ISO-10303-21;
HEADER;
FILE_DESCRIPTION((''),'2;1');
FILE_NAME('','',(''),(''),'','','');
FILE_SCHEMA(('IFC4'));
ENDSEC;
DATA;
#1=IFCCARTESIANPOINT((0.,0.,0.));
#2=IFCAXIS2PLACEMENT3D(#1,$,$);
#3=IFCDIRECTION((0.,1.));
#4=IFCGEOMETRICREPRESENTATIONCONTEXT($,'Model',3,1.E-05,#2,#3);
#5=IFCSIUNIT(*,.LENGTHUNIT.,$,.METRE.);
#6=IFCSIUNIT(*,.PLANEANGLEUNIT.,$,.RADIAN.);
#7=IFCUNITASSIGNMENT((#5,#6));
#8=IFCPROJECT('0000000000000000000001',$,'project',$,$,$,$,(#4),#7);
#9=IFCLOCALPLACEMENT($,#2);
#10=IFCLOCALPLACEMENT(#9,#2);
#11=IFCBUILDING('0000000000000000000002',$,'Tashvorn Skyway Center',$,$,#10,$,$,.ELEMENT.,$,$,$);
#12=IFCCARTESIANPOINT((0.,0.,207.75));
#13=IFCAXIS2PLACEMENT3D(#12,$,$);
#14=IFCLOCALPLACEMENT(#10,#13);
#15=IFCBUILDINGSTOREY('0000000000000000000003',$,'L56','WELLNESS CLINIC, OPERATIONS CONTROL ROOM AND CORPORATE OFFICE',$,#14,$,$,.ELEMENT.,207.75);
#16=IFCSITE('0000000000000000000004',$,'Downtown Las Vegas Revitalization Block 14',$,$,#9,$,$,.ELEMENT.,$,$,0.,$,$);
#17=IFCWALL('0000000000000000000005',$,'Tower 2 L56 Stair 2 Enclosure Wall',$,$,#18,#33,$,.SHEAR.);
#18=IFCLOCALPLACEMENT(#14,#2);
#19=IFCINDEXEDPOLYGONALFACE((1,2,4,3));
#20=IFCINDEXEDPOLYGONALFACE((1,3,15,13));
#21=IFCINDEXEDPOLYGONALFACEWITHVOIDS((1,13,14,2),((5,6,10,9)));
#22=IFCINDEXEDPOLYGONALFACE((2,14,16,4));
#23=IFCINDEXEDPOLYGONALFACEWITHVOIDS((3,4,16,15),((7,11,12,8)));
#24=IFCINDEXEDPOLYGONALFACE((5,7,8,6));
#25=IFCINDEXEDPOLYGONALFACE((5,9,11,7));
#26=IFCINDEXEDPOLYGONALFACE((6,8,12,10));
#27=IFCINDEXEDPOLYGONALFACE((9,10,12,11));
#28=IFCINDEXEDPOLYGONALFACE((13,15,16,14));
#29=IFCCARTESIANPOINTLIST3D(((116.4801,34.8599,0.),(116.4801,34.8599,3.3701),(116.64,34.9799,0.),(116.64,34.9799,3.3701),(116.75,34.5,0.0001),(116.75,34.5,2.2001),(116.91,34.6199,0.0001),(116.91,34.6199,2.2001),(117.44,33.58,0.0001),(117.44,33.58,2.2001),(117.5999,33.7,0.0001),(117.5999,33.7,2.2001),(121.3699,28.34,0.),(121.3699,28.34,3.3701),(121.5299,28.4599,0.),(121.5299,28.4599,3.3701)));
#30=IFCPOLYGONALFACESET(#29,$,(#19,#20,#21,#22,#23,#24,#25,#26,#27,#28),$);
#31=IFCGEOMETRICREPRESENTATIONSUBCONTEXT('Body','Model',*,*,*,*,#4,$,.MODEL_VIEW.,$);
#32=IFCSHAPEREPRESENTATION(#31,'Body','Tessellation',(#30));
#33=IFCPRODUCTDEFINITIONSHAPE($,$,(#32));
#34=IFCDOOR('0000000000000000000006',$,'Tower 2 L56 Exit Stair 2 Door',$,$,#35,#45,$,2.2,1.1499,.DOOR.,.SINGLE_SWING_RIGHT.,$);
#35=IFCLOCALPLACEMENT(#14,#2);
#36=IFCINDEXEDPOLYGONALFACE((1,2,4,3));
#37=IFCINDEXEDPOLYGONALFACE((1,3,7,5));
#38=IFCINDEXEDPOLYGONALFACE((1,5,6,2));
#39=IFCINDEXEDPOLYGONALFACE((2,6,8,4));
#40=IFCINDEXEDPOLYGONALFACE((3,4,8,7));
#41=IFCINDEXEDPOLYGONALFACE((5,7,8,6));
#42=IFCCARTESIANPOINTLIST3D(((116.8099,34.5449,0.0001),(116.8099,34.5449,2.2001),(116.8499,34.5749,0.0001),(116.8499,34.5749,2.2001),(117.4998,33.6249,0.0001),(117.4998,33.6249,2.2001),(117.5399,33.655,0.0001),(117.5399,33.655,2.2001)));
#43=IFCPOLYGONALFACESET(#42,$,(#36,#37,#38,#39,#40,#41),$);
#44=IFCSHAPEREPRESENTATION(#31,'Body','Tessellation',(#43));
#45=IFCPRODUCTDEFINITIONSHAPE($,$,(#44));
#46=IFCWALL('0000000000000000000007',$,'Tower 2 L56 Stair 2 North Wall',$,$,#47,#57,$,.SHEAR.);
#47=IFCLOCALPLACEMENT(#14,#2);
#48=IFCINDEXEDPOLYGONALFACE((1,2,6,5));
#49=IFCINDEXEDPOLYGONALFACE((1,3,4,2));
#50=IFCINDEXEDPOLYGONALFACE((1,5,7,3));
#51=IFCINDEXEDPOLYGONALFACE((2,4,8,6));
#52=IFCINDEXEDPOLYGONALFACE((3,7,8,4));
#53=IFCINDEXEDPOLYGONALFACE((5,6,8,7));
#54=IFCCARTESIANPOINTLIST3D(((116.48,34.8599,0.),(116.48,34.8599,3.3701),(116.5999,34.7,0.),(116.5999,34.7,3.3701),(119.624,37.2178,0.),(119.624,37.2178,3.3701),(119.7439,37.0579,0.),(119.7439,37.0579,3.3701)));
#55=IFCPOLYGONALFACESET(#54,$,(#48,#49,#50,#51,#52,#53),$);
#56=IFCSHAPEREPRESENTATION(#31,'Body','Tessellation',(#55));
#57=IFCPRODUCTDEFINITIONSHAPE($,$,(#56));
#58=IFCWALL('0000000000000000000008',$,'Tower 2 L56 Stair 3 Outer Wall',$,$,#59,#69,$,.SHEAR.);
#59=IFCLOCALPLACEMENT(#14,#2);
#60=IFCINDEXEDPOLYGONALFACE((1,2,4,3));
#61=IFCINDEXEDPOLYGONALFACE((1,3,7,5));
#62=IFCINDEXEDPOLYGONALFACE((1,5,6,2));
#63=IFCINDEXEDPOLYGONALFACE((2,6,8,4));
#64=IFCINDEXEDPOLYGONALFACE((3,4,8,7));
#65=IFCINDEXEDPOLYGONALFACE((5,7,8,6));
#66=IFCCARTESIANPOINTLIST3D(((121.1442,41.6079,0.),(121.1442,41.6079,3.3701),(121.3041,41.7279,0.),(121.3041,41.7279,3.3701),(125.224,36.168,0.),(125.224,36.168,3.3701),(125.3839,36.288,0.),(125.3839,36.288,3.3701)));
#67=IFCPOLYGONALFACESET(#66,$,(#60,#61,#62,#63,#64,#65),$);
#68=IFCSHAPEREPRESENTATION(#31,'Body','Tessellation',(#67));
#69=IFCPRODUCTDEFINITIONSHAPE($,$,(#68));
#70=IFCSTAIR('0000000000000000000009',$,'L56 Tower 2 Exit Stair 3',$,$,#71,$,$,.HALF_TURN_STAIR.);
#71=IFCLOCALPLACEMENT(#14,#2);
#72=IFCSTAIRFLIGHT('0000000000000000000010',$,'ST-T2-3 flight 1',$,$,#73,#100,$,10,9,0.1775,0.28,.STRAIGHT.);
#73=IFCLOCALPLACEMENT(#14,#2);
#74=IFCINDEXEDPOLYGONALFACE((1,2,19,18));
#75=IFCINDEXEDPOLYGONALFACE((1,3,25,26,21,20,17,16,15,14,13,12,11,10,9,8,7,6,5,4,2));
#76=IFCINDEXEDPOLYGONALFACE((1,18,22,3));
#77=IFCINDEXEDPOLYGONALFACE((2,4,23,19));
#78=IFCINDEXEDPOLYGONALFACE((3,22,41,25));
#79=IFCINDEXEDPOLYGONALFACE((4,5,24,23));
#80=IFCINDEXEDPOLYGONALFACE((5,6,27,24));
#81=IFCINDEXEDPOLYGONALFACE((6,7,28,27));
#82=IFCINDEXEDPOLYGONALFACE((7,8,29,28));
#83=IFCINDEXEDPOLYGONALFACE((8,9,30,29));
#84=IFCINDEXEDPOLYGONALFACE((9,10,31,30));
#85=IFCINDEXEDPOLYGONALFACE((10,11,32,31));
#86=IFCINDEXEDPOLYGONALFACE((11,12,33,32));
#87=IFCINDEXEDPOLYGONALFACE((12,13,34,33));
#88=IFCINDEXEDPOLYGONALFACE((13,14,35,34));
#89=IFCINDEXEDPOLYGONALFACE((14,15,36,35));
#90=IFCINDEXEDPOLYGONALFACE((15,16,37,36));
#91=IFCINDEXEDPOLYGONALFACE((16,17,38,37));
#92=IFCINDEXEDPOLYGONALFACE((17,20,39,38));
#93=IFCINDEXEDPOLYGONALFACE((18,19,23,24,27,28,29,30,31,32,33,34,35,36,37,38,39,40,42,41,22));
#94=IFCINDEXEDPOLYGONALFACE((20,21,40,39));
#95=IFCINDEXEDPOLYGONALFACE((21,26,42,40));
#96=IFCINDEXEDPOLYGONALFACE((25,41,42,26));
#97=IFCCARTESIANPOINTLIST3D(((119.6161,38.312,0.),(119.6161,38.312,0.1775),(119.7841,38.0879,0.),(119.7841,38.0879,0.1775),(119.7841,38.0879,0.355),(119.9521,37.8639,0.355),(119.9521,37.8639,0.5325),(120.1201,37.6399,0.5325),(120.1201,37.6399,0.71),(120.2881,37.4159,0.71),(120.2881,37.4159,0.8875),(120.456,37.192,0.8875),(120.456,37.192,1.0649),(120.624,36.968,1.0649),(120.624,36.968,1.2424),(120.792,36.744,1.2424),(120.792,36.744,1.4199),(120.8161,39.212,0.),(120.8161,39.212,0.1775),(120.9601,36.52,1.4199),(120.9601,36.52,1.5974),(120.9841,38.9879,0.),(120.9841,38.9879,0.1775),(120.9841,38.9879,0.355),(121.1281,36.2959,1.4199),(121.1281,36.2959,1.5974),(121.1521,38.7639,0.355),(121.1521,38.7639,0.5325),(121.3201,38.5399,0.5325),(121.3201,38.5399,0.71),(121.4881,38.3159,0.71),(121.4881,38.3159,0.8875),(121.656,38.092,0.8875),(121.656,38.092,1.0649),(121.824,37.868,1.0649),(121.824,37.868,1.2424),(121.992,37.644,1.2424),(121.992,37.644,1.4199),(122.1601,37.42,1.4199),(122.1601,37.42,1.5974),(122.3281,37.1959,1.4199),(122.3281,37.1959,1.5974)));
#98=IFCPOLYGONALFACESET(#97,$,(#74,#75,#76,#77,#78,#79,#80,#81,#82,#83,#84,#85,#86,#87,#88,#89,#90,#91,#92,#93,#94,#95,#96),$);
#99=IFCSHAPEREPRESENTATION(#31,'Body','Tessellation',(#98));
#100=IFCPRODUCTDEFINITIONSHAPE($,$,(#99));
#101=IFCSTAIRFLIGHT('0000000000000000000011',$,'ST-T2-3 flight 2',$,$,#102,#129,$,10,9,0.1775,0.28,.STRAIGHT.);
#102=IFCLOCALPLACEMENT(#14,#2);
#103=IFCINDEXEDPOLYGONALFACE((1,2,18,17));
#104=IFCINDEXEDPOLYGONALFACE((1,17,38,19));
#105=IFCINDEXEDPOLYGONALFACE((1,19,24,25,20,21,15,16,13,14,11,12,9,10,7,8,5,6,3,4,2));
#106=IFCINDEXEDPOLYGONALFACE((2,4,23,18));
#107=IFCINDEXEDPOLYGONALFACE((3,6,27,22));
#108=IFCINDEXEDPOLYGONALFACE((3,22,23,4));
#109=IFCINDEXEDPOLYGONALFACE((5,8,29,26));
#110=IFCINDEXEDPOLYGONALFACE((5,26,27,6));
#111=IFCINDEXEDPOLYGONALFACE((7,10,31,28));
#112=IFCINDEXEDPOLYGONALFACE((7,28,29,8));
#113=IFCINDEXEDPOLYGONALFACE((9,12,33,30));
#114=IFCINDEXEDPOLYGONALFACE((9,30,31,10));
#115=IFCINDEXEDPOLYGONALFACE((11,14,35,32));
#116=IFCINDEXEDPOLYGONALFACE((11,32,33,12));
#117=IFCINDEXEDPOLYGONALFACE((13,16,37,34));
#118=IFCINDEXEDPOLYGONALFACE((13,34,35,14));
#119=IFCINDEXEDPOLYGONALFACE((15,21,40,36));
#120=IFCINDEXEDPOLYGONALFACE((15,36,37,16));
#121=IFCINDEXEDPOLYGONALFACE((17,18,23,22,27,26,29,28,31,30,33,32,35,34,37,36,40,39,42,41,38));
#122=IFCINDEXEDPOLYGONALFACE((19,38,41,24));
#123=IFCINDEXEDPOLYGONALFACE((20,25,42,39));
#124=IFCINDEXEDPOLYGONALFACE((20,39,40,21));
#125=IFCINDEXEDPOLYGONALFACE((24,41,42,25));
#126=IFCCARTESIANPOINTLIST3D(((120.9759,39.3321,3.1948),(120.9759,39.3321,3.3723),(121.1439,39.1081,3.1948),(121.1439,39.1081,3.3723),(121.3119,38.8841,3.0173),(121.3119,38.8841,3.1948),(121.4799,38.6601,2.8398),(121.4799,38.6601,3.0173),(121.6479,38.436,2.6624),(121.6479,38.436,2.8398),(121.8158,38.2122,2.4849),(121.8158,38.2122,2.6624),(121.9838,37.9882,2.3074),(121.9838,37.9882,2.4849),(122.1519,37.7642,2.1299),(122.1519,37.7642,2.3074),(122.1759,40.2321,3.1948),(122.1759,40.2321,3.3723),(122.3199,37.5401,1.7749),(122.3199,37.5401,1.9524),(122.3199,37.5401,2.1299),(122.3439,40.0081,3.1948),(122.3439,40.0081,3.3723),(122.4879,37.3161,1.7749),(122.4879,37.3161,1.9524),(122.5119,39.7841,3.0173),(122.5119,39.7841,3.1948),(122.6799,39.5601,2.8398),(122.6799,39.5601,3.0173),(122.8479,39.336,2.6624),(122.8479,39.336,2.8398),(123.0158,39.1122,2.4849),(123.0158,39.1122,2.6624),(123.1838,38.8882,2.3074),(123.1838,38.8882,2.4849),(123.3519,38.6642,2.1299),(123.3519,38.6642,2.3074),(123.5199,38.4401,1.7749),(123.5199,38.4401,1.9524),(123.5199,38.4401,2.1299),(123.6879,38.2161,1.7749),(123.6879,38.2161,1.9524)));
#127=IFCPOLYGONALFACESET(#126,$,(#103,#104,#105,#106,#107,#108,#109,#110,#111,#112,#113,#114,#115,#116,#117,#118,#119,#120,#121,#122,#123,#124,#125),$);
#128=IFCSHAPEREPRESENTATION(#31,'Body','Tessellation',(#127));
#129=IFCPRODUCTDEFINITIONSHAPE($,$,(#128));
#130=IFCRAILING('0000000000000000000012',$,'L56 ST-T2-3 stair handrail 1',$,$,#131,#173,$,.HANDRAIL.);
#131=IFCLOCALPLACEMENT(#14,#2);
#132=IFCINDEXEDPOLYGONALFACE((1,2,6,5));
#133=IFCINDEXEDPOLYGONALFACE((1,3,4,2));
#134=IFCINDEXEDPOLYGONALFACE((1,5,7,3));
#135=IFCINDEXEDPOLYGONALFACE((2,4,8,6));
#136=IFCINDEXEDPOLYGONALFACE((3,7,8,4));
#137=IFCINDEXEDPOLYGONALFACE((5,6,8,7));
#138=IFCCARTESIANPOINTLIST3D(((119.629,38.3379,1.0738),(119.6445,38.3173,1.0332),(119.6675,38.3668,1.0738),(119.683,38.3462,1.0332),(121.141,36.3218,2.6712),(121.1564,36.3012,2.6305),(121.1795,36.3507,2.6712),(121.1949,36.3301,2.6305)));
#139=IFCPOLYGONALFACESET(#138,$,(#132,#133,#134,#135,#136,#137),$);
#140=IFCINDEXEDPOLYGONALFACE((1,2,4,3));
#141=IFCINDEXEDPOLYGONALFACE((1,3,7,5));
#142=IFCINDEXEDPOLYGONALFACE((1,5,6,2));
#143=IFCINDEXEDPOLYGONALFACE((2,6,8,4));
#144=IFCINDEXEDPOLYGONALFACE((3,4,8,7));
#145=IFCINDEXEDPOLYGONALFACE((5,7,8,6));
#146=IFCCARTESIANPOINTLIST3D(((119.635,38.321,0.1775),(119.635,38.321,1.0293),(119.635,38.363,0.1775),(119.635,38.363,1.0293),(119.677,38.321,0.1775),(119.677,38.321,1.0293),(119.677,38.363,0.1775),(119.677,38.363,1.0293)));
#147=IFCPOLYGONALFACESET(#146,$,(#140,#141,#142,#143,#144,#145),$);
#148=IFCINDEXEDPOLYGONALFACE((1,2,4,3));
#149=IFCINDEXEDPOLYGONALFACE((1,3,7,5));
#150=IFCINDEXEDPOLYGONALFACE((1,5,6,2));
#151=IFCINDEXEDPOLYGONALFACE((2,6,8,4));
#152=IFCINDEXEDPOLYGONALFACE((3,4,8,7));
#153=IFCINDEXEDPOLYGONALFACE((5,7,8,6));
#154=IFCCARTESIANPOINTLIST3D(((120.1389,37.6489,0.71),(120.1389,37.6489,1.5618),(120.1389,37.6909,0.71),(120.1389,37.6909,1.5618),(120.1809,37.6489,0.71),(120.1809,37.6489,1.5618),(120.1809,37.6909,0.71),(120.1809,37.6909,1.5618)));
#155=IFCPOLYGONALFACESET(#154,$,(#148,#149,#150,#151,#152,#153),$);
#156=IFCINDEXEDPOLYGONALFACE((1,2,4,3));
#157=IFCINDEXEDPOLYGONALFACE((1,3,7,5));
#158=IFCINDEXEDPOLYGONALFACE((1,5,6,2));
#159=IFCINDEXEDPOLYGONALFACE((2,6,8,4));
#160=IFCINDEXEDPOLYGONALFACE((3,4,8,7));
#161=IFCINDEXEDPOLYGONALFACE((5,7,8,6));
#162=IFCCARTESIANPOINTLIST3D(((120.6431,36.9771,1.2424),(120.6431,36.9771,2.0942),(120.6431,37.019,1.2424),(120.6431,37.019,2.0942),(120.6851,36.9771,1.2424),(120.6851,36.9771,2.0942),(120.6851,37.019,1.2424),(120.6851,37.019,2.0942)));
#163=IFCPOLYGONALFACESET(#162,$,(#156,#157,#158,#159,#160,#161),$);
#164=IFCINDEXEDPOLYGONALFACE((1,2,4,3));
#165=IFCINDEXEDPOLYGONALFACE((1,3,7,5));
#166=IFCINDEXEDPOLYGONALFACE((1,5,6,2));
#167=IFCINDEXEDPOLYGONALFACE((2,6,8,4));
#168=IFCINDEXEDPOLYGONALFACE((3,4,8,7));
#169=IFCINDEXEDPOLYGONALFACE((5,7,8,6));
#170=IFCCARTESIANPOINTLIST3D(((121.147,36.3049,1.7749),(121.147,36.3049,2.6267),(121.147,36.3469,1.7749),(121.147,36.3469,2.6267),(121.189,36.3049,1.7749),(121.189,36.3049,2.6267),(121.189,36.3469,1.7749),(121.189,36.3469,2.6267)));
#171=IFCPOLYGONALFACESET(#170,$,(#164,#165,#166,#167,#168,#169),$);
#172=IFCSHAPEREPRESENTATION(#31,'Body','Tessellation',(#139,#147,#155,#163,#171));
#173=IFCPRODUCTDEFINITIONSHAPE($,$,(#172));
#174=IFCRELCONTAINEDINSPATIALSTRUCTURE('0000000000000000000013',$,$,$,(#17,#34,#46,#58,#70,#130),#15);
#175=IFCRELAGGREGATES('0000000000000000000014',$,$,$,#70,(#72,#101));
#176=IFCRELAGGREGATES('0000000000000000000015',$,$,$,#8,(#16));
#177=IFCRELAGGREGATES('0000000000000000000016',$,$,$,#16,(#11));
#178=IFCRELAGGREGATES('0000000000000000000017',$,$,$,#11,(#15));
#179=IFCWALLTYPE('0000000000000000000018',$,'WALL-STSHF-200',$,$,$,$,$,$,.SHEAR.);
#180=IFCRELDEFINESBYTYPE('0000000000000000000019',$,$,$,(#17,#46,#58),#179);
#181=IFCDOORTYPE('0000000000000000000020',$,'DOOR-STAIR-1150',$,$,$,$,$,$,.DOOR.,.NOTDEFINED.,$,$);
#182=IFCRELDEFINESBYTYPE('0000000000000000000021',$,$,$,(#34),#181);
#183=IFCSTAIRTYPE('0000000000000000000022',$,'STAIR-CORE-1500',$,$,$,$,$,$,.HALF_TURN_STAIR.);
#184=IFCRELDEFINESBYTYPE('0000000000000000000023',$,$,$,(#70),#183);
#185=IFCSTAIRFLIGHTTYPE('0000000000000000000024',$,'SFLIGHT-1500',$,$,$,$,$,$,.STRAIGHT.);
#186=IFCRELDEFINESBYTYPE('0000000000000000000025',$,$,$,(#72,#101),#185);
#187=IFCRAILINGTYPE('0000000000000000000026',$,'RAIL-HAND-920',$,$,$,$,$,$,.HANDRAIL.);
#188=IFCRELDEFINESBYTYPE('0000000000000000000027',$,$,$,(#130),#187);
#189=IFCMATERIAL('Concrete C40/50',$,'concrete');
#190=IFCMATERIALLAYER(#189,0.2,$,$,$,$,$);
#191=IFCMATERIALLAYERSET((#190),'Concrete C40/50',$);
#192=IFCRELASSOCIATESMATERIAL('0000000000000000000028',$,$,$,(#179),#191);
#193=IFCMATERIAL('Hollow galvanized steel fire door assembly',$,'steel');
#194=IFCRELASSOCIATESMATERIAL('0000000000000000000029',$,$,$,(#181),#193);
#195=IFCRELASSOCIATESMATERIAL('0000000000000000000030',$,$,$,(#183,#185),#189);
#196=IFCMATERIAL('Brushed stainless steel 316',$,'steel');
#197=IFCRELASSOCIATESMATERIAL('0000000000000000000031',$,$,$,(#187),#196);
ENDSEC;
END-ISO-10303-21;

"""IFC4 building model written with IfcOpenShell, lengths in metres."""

from ifc_helpers import new_model, si_unit, direction, frame, frame_2d, origin, origin_2d, place, context, subcontext, project, spatial, polyline, rectangle, outline, extrude, material, layer, layer_set, type_object, element, fill, aggregate, save


model = new_model("IFC4")

# Units and contexts
model_context = context("Model", 3, precision=1e-05, world=origin(), true_north=direction((0.0, 1.0)))
body_context = subcontext(model_context, "Body", "Model", "MODEL_VIEW")
ifc_project = project(units=[si_unit("LENGTHUNIT", "METRE"), si_unit("PLANEANGLEUNIT", "RADIAN")], contexts=[model_context])

# Site, building, storey
site_placement = place(None, origin())
site = spatial("IfcSite", under=ifc_project, at=site_placement, Name="Downtown Las Vegas Revitalization Block 14", CompositionType="ELEMENT", RefElevation=0.0)
building_placement = place(site_placement, origin())
building = spatial("IfcBuilding", under=site, at=building_placement, Name="Tashvorn Skyway Center", CompositionType="ELEMENT")
storey_placement = place(building_placement, frame((0.0, 0.0, 207.75)))
storey = spatial("IfcBuildingStorey", under=building, at=storey_placement, Name="L56", Description="WELLNESS CLINIC, OPERATIONS CONTROL ROOM AND CORPORATE OFFICE", CompositionType="ELEMENT", Elevation=207.75)

# Shared definitions
ifc_material_1 = material(Name="Concrete C40/50", Category="concrete")

# Wall, opening, door
ifc_layer_1 = layer(ifc_material_1, 0.2)
ifc_layer_set_1 = layer_set([ifc_layer_1], Name="Concrete C40/50")
wall_type_1 = type_object("IfcWallType", Name="WALL-STSHF-200", PredefinedType="SHEAR", material=ifc_layer_set_1)
wall_1_placement = place(storey_placement, frame((116.5601, 34.9199, 0.0), z_axis=(0.0, 0.0, 1.0), x_axis=(0.59999, -0.800007, 0.0)))
wall_1 = element("IfcWall", 1, at=wall_1_placement, inside=storey, type_object=wall_type_1, Name="Tower 2 L56 Stair 2 Enclosure Wall", PredefinedType="SHEAR", context=body_context, shape_type="SweptSolid", body=[
    extrude(rectangle(XDim=8.1499, YDim=0.2, at=frame_2d((4.075, 0.0))), origin(), (0.0, 0.0, 1.0), 3.3701),
])
opening_placement = place(wall_1_placement, frame((0.45, 0.0, 0.0)))
opening = element("IfcOpeningElement", 2, at=opening_placement, cuts=wall_1, PredefinedType="OPENING", context=body_context, shape_type="SweptSolid", body=[
    extrude(rectangle(XDim=1.1499, YDim=2.2, at=frame_2d((0.575, 1.1001))), frame((0.0, 0.1099, 0.0), z_axis=(0.0, -1.0, 0.0), x_axis=(1.0, 0.0, 0.0)), (0.0, 0.0, 1.0), 0.22),
])
ifc_material_2 = material(Name="Hollow galvanized steel fire door assembly", Category="steel")
door_type = type_object("IfcDoorType", Name="DOOR-STAIR-1150", OperationType="NOTDEFINED", PredefinedType="DOOR", material=ifc_material_2)
door_placement = place(opening_placement, origin())
door = element("IfcDoor", 3, at=door_placement, inside=storey, type_object=door_type, Name="Tower 2 L56 Exit Stair 2 Door", OperationType="SINGLE_SWING_RIGHT", OverallHeight=2.2, OverallWidth=1.1499, PredefinedType="DOOR", context=body_context, shape_type="SweptSolid", body=[
    extrude(rectangle(XDim=1.1499, YDim=2.2, at=frame_2d((0.575, 1.1001))), frame((0.0, 0.0249, 0.0), z_axis=(0.0, -1.0, 0.0), x_axis=(1.0, 0.0, 0.0)), (0.0, 0.0, 1.0), 0.05),
])
fill(opening, door)

# Walls
wall_2_placement = place(storey_placement, frame((116.54, 34.78, 0.0), z_axis=(0.0, 0.0, 1.0), x_axis=(0.800015, 0.59998, 0.0)))
element("IfcWall", 4, at=wall_2_placement, inside=storey, type_object=wall_type_1, Name="Tower 2 L56 Stair 2 North Wall", PredefinedType="SHEAR", context=body_context, shape_type="SweptSolid", body=[
    extrude(rectangle(XDim=3.9299, YDim=0.2, at=frame_2d((1.9648, 0.0))), origin(), (0.0, 0.0, 1.0), 3.3701),
])
wall_3_placement = place(storey_placement, frame((125.304, 36.228, 0.0), z_axis=(0.0, 0.0, 1.0), x_axis=(-0.599989, 0.800009, 0.0)))
element("IfcWall", 5, at=wall_3_placement, inside=storey, type_object=wall_type_1, Name="Tower 2 L56 Stair 3 Outer Wall", PredefinedType="SHEAR", context=body_context, shape_type="SweptSolid", body=[
    extrude(rectangle(XDim=6.7998, YDim=0.2, at=frame_2d((3.3999, 0.0))), origin(), (0.0, 0.0, 1.0), 3.3701),
])

# Stair, stair flights
stair_type = type_object("IfcStairType", Name="STAIR-CORE-1500", PredefinedType="HALF_TURN_STAIR", material=ifc_material_1)
stair_placement = place(storey_placement, origin())
stair = element("IfcStair", 6, at=stair_placement, inside=storey, type_object=stair_type, Name="L56 Tower 2 Exit Stair 3", PredefinedType="HALF_TURN_STAIR")
stair_flight_type = type_object("IfcStairFlightType", Name="SFLIGHT-1500", PredefinedType="STRAIGHT", material=ifc_material_1)
stair_flight_1_placement = place(storey_placement, frame((120.2161, 38.762, 0.0), z_axis=(0.0, 0.0, 1.0), x_axis=(0.6, -0.8, 0.0)))
stair_flight_1 = element("IfcStairFlight", 7, at=stair_flight_1_placement, type_object=stair_flight_type, Name="ST-T2-3 flight 1", NumberOfRisers=10, NumberOfTreads=9, PredefinedType="STRAIGHT", RiserHeight=0.1775, TreadLength=0.28, context=body_context, shape_type="SweptSolid", body=[
    extrude(outline(polyline([(0.0, 0.0), (0.0, 0.1775), (0.28, 0.1775), (0.28, 0.355), (0.5601, 0.355), (0.5601, 0.5325), (0.8401, 0.5325), (0.8401, 0.71), (1.1201, 0.71), (1.1201, 0.8875), (1.3999, 0.8875), (1.3999, 1.0649), (1.6799, 1.0649), (1.6799, 1.2424), (1.96, 1.2424), (1.96, 1.4199), (2.24, 1.4199), (2.24, 1.5974), (2.52, 1.5974), (2.52, 1.7749), (2.52, 1.4199), (0.28, 0.0), (0.0, 0.0)])), frame((0.0, 0.75, 0.0), z_axis=(0.0, -1.0, 0.0), x_axis=(1.0, 0.0, 0.0)), (0.0, 0.0, 1.0), 1.5),
])
stair_flight_2_placement = place(storey_placement, frame((123.0879, 37.7661, 1.7749), z_axis=(0.0, 0.0, 1.0), x_axis=(-0.6, 0.8, 0.0)))
stair_flight_2 = element("IfcStairFlight", 8, at=stair_flight_2_placement, type_object=stair_flight_type, Name="ST-T2-3 flight 2", NumberOfRisers=10, NumberOfTreads=9, PredefinedType="STRAIGHT", RiserHeight=0.1775, TreadLength=0.28, context=body_context, shape_type="SweptSolid", body=[
    extrude(outline(polyline([(0.0, 0.0), (0.0, 0.1775), (0.28, 0.1775), (0.28, 0.355), (0.5601, 0.355), (0.5601, 0.5325), (0.8401, 0.5325), (0.8401, 0.71), (1.1201, 0.71), (1.1201, 0.8875), (1.3999, 0.8875), (1.3999, 1.0649), (1.6799, 1.0649), (1.6799, 1.2424), (1.96, 1.2424), (1.96, 1.4199), (2.24, 1.4199), (2.24, 1.5974), (2.52, 1.5974), (2.52, 1.7749), (2.52, 1.4199), (0.28, 0.0), (0.0, 0.0)])), frame((0.0, 0.75, 0.0), z_axis=(0.0, -1.0, 0.0), x_axis=(1.0, 0.0, 0.0)), (0.0, 0.0, 1.0), 1.5),
])
aggregate(stair, [stair_flight_1, stair_flight_2])

# Railing
ifc_material_3 = material(Name="Brushed stainless steel 316", Category="steel")
railing_type_1 = type_object("IfcRailingType", Name="RAIL-HAND-920", PredefinedType="HANDRAIL", material=ifc_material_3)
railing_1_placement = place(storey_placement, frame((119.656, 38.342, 0.1775)))
element("IfcRailing", 9, at=railing_1_placement, inside=storey, type_object=railing_type_1, Name="L56 ST-T2-3 stair handrail 1", PredefinedType="HANDRAIL", context=body_context, shape_type="SweptSolid", body=[
    extrude(rectangle(XDim=0.0481, YDim=0.0481, at=origin_2d()), frame((0.0, 0.0, 0.876), z_axis=(0.506741, -0.675709, 0.535379), x_axis=(0.800023, 0.599969, 0.0)), (0.0, 0.0, 1.0), 2.9836),
    extrude(rectangle(XDim=0.042, YDim=0.042, at=origin_2d()), origin(), (0.0, 0.0, 1.0), 0.8518),
    extrude(rectangle(XDim=0.042, YDim=0.042, at=origin_2d()), frame((0.5039, -0.6721, 0.5325)), (0.0, 0.0, 1.0), 0.8518),
    extrude(rectangle(XDim=0.042, YDim=0.042, at=origin_2d()), frame((1.0081, -1.344, 1.0649)), (0.0, 0.0, 1.0), 0.8518),
    extrude(rectangle(XDim=0.042, YDim=0.042, at=origin_2d()), frame((1.512, -2.0161, 1.5974)), (0.0, 0.0, 1.0), 0.8518),
])

save(model, "model.ifc")
